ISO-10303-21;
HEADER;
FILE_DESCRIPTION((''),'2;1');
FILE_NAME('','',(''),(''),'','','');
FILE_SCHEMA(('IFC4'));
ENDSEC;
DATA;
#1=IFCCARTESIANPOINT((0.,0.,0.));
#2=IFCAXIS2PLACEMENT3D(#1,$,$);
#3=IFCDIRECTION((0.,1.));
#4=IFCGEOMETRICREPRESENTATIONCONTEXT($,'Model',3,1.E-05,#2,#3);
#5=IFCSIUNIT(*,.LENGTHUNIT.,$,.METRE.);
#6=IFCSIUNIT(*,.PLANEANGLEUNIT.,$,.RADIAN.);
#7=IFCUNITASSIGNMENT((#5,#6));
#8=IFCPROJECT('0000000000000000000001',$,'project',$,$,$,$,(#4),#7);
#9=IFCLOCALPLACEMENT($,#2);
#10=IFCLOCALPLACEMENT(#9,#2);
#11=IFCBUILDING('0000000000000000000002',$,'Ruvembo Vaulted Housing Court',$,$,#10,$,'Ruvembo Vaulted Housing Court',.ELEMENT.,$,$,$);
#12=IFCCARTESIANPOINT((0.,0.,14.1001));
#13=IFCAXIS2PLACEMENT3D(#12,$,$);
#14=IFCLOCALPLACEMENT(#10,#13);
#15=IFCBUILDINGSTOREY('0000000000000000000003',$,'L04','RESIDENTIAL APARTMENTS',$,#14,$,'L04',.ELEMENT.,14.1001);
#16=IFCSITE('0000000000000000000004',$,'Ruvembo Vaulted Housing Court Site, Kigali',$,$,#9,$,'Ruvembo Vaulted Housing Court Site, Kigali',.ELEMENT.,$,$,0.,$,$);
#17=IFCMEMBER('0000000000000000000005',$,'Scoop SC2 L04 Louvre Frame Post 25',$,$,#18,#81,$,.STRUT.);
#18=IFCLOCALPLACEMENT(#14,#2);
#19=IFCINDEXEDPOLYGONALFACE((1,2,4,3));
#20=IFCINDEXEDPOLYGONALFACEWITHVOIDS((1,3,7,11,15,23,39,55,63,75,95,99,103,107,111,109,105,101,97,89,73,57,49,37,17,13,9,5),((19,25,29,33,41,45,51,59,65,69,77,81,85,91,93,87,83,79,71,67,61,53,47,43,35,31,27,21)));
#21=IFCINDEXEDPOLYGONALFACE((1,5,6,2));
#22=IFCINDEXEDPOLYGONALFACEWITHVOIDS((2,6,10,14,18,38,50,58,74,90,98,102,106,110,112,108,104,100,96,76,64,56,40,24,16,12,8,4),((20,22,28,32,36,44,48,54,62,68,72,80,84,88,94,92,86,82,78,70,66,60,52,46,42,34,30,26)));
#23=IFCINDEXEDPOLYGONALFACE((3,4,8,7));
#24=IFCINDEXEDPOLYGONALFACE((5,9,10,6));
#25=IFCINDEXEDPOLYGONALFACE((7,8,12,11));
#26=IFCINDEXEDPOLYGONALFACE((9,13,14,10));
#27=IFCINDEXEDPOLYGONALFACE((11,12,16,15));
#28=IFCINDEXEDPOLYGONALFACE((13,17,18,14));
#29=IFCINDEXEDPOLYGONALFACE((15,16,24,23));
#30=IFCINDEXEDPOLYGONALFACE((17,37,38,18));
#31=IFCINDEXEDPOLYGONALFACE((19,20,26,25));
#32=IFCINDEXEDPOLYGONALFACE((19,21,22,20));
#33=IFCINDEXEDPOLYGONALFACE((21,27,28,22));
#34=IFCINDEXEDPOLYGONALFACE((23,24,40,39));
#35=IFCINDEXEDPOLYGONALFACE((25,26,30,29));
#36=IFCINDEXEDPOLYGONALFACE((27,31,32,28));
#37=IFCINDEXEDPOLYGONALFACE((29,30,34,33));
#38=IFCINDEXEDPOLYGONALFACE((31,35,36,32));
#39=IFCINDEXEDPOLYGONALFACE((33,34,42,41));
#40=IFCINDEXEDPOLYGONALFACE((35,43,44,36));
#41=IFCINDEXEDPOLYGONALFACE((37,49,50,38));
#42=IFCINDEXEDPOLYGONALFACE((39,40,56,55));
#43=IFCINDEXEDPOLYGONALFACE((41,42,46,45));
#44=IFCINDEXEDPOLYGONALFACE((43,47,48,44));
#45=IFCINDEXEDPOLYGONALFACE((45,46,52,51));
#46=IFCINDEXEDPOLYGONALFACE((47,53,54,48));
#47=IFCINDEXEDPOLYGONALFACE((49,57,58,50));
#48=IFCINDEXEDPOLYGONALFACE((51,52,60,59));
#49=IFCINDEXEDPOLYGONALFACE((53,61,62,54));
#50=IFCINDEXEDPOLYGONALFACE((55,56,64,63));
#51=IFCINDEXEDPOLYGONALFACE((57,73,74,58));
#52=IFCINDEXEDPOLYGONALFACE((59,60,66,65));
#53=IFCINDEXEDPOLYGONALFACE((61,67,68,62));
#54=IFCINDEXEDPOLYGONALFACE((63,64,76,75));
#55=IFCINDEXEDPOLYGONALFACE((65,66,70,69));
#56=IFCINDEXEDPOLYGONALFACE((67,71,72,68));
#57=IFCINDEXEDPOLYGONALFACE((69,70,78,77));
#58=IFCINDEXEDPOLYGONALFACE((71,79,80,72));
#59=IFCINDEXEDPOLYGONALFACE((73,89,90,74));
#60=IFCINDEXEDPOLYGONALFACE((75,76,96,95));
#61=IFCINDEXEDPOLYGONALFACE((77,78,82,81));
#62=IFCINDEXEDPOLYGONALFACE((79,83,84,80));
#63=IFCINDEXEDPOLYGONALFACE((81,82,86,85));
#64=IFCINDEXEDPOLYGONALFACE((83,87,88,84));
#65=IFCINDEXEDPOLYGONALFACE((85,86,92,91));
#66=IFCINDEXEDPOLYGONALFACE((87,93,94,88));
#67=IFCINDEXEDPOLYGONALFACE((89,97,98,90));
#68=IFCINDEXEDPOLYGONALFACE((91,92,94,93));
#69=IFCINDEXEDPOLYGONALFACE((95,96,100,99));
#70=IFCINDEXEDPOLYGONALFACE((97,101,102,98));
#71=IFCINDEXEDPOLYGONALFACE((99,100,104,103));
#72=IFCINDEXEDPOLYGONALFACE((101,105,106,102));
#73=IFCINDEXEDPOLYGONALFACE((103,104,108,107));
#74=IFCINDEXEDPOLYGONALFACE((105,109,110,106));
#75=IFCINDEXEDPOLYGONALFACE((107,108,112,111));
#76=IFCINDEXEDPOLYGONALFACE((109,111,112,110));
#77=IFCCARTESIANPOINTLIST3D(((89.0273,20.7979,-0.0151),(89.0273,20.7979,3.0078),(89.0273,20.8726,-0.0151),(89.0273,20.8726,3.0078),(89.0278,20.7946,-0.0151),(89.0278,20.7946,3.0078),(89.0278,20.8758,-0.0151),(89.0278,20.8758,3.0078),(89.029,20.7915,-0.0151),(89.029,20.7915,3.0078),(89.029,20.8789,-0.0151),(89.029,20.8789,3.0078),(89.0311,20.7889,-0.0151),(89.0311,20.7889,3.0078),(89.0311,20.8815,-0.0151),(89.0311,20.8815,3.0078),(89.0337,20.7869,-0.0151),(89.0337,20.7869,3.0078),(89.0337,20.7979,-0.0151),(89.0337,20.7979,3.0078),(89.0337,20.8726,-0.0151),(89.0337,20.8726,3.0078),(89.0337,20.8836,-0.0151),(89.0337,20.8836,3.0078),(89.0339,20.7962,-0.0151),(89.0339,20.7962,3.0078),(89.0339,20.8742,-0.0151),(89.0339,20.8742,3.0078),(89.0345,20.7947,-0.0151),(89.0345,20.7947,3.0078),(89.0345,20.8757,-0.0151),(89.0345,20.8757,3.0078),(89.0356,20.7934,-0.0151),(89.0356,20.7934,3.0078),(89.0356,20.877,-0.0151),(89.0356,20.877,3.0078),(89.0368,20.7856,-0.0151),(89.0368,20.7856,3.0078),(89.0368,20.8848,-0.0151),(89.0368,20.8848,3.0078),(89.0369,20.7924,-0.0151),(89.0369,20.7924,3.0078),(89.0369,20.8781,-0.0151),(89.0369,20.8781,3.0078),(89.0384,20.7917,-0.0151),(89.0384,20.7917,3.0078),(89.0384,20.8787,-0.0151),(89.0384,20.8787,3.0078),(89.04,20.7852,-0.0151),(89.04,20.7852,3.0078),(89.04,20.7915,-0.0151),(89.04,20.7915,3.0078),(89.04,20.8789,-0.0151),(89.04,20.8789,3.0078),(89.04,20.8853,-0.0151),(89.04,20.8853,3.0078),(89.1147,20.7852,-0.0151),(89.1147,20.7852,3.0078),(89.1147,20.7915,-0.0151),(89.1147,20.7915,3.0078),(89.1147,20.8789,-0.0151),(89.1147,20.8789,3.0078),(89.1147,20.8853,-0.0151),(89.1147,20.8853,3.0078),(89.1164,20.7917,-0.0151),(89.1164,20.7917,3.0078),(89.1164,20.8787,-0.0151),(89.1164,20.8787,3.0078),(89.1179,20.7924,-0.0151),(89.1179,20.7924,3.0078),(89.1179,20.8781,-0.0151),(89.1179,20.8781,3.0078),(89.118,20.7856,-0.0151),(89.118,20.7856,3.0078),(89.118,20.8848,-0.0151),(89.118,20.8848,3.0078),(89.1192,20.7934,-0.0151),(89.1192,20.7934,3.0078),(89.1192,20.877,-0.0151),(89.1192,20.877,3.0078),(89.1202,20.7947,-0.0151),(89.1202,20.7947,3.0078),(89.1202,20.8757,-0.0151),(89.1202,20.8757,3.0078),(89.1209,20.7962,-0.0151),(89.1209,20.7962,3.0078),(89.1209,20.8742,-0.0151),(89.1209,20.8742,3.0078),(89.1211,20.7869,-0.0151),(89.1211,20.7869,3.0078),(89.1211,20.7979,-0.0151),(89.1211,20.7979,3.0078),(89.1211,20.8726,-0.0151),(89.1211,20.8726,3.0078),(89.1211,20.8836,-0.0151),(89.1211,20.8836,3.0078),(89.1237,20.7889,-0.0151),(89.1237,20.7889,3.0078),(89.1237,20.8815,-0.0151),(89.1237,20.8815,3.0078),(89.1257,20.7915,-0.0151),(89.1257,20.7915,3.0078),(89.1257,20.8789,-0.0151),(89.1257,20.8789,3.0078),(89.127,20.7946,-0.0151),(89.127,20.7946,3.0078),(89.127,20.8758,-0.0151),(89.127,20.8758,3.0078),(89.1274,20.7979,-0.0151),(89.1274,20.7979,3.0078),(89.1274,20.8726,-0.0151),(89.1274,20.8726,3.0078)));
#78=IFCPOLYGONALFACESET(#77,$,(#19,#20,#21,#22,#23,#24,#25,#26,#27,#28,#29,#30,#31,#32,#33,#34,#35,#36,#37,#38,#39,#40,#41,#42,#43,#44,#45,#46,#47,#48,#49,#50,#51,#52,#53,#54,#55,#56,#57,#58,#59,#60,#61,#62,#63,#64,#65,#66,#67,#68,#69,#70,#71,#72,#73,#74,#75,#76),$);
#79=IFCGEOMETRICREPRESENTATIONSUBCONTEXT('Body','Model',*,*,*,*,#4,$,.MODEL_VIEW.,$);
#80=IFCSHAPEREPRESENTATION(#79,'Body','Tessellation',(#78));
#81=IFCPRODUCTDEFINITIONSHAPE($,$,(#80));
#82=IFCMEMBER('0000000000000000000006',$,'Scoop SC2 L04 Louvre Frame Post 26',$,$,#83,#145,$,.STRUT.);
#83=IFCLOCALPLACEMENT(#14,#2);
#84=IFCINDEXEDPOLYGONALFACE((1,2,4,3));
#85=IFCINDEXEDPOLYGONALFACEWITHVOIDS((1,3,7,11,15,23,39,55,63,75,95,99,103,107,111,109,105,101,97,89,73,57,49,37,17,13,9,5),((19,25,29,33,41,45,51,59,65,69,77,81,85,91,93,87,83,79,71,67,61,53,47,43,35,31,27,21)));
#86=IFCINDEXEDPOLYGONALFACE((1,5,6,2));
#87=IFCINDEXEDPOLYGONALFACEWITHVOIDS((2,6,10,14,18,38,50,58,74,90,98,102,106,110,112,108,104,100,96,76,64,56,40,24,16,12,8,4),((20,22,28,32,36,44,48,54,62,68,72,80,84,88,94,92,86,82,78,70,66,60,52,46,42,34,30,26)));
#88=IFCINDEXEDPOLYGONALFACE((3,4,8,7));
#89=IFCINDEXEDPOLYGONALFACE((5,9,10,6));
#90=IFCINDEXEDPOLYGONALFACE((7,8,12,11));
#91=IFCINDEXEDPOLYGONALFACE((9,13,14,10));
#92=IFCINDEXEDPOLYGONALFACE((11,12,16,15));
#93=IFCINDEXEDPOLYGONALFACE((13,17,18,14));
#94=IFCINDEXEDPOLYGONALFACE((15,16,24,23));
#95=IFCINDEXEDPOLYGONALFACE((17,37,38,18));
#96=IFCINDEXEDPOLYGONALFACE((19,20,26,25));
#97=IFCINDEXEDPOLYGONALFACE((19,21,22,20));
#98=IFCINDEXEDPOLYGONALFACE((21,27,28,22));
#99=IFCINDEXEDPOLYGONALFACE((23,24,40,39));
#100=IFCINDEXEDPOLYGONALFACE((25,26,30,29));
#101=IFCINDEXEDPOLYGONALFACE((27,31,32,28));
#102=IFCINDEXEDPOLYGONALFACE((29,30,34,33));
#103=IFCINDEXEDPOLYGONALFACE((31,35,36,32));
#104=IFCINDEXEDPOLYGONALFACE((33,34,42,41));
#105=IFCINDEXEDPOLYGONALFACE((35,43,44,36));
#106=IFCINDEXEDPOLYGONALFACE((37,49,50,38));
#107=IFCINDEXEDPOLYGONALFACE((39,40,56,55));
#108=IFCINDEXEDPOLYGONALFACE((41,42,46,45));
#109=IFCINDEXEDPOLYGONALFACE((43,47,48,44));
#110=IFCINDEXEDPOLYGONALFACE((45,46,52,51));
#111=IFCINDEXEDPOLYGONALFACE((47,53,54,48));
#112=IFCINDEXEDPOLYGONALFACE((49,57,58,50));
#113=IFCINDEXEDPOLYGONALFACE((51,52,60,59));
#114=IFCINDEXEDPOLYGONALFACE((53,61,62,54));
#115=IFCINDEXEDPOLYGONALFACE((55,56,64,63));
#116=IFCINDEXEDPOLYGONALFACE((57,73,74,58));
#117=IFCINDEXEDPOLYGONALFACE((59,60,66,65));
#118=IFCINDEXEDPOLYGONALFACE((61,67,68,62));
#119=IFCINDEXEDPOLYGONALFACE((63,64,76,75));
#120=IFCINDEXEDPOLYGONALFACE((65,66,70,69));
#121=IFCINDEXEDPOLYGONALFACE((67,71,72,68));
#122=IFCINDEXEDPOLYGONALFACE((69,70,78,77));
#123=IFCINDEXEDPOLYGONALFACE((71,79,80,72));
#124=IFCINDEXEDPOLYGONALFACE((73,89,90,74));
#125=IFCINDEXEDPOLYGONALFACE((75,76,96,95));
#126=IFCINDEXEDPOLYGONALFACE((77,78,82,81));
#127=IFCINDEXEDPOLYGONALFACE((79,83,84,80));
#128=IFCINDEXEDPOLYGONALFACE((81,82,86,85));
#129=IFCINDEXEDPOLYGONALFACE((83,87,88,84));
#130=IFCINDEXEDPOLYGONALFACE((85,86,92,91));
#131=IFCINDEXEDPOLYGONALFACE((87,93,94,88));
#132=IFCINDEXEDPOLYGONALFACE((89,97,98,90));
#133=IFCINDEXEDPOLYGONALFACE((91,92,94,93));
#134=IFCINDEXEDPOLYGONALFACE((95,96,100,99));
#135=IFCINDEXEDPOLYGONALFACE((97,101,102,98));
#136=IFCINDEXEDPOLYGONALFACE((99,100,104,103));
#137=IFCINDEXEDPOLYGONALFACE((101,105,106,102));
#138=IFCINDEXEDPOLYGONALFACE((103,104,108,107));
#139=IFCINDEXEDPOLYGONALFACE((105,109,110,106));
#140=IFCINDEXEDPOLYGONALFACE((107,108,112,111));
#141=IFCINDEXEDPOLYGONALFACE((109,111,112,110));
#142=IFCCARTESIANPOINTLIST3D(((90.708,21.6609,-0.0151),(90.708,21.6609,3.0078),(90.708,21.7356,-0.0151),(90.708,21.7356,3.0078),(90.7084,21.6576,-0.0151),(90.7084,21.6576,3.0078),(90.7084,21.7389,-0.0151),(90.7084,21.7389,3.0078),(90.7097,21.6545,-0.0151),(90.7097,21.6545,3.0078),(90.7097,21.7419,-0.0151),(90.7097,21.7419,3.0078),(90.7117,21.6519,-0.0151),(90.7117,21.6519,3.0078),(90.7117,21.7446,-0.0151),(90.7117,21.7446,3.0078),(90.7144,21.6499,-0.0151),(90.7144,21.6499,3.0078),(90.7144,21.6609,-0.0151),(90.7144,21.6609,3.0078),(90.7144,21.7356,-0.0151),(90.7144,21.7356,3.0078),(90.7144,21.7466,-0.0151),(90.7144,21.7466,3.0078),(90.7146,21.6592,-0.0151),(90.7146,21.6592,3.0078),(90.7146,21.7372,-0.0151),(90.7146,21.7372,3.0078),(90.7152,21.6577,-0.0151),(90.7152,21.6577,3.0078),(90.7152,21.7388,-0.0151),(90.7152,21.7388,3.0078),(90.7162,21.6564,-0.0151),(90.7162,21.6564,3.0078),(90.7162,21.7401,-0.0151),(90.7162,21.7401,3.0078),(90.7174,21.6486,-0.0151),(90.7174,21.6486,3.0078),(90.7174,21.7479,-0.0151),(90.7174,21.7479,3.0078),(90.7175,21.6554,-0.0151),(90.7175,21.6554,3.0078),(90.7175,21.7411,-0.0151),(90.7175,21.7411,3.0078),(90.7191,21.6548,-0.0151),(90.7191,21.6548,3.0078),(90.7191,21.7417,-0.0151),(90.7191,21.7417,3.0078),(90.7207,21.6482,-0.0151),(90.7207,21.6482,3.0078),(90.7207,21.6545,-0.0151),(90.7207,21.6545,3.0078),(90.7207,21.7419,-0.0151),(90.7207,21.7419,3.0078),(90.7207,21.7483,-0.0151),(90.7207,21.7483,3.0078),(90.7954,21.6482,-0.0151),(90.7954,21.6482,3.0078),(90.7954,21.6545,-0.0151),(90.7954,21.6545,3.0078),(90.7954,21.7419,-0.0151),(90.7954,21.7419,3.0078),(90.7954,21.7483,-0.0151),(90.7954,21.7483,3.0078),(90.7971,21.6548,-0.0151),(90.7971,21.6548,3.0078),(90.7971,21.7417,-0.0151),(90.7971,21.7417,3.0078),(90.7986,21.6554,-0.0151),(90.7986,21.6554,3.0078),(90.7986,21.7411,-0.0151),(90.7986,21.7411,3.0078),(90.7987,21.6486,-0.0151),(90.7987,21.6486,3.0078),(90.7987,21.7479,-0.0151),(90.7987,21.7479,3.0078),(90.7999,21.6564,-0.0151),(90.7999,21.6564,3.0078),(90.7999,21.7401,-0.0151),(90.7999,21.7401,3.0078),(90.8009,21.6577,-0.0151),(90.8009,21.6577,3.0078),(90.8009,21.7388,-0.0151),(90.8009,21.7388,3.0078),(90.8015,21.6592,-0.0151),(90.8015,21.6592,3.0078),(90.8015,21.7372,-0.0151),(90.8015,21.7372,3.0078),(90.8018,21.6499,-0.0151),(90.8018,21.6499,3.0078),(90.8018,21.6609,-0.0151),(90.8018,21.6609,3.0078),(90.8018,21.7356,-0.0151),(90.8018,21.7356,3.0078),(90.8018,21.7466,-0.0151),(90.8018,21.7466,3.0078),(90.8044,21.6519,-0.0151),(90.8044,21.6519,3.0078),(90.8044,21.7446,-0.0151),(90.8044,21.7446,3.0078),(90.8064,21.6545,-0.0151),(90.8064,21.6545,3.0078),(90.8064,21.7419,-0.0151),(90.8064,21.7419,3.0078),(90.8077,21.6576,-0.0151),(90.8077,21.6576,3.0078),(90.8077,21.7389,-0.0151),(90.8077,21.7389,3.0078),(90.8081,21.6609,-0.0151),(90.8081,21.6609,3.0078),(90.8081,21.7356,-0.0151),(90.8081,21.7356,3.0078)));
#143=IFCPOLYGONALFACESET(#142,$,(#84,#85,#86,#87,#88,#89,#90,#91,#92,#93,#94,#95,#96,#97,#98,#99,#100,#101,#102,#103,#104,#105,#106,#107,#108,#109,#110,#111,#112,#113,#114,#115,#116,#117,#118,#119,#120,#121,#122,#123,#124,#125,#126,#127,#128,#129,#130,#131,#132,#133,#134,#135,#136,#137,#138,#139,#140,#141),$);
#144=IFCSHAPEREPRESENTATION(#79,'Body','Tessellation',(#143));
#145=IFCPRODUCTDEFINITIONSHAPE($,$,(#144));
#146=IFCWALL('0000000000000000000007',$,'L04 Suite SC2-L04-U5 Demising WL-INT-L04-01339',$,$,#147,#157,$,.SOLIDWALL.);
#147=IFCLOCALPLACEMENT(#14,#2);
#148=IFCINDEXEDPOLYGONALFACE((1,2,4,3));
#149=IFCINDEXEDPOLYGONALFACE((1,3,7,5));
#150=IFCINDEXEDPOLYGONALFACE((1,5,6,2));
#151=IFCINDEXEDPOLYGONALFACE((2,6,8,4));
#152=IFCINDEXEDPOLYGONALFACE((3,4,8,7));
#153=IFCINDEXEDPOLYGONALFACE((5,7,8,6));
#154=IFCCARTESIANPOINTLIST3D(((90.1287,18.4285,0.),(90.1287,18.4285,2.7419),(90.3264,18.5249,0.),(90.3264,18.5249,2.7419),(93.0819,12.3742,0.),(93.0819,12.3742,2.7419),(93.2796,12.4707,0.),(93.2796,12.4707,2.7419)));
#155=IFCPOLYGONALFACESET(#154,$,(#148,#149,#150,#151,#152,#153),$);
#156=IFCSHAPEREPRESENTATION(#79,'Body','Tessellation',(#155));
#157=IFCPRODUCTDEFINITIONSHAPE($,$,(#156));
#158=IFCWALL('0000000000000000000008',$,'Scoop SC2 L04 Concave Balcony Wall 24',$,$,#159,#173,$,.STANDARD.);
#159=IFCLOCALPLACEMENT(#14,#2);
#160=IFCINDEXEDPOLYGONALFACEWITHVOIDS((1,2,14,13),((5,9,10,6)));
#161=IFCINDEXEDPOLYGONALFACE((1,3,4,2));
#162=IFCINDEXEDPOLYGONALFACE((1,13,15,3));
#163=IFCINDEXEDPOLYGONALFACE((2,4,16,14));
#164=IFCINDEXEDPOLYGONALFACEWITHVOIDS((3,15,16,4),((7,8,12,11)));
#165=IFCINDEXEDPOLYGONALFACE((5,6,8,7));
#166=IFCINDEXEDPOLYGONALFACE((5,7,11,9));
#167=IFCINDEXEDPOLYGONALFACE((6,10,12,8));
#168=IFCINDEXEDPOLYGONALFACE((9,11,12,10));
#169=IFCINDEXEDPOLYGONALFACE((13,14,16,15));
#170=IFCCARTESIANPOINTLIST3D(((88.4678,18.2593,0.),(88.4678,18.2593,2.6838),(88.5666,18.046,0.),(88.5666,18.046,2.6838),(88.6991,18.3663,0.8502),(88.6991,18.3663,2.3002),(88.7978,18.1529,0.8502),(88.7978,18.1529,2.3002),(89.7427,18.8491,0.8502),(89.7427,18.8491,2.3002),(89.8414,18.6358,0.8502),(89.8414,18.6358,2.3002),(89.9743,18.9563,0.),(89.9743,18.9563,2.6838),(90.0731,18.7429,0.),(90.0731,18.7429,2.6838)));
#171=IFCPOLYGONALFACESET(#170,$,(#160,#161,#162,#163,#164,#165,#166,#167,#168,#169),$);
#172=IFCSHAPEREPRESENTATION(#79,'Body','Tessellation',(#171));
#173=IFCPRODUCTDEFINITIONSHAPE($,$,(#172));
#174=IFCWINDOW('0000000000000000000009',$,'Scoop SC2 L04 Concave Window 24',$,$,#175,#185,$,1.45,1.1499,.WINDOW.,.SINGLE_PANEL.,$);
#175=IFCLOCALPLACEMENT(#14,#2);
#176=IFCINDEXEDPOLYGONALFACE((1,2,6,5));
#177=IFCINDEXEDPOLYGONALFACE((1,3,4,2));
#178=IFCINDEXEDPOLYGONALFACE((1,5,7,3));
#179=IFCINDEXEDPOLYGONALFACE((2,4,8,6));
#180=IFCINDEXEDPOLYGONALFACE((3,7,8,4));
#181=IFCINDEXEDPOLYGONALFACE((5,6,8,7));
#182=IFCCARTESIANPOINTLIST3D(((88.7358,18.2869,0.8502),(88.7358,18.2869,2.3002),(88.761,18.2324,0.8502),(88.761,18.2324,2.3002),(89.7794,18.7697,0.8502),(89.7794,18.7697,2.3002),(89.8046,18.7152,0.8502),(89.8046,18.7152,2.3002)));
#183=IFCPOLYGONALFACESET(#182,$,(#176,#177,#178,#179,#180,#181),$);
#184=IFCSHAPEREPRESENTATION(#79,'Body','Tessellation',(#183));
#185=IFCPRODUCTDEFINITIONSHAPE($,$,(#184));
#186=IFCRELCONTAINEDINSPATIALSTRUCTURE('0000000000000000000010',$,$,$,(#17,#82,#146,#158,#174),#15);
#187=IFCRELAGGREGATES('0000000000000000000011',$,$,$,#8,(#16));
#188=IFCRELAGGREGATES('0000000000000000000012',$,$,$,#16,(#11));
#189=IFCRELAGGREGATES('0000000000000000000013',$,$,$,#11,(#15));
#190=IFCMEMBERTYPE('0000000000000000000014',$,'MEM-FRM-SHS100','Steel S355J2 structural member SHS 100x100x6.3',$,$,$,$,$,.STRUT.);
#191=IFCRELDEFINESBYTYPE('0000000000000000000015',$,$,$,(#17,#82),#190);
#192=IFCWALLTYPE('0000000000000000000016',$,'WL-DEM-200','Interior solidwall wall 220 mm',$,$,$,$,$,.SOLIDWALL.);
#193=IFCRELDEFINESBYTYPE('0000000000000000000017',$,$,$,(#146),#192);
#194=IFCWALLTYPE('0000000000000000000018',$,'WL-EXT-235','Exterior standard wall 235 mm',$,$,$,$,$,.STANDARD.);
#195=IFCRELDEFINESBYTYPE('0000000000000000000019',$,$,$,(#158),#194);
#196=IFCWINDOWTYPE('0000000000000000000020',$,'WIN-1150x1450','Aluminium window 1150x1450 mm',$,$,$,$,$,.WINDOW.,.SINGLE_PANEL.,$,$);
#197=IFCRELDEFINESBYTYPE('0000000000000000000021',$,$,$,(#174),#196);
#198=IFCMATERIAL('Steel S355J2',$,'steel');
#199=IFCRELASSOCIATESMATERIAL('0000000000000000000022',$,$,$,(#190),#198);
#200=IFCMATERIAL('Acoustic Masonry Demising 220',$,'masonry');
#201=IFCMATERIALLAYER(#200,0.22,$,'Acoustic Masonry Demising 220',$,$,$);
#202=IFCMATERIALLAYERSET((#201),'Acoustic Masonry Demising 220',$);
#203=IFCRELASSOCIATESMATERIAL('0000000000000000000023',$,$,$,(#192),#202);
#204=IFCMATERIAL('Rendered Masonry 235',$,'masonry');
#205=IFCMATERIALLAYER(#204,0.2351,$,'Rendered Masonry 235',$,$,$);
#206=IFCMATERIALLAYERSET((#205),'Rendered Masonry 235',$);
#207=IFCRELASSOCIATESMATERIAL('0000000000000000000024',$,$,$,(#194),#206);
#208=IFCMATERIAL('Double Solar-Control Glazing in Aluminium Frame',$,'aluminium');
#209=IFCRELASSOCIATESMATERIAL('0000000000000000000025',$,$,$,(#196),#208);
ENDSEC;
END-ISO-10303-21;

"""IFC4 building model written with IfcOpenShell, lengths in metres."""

from ifc_helpers import new_model, si_unit, direction, frame, frame_2d, origin, origin_2d, place, context, subcontext, project, spatial, rectangle, hollow_rectangle, extrude, material, layer, layer_set, material_profile, profile_set, type_object, element, fill, save


model = new_model("IFC4")

# Units and contexts
model_context = context("Model", 3, precision=1e-05, world=origin(), true_north=direction((0.0, 1.0)))
body_context = subcontext(model_context, "Body", "Model", "MODEL_VIEW")
ifc_project = project(units=[si_unit("LENGTHUNIT", "METRE"), si_unit("PLANEANGLEUNIT", "RADIAN")], contexts=[model_context])

# Site, building, storey
site_placement = place(None, origin())
site = spatial("IfcSite", under=ifc_project, at=site_placement, Name="Ruvembo Vaulted Housing Court Site, Kigali", LongName="Ruvembo Vaulted Housing Court Site, Kigali", CompositionType="ELEMENT", RefElevation=0.0)
building_placement = place(site_placement, origin())
building = spatial("IfcBuilding", under=site, at=building_placement, Name="Ruvembo Vaulted Housing Court", LongName="Ruvembo Vaulted Housing Court", CompositionType="ELEMENT")
storey_placement = place(building_placement, frame((0.0, 0.0, 14.1001)))
storey = spatial("IfcBuildingStorey", under=building, at=storey_placement, Name="L04", Description="RESIDENTIAL APARTMENTS", LongName="L04", CompositionType="ELEMENT", Elevation=14.1001)

# Shared definitions
ifc_material_1 = material(Name="Steel S355J2", Category="steel")

# Members
ifc_material_profile_1 = material_profile(ifc_material_1, hollow_rectangle(XDim=0.1001, YDim=0.1001, WallThickness=0.0063, InnerFilletRadius=0.0063, OuterFilletRadius=0.0127, at=origin_2d()), Name="SHS 100x100x6.3")
ifc_profile_set_1 = profile_set([ifc_material_profile_1], Name="Steel S355J2")
member_type_1 = type_object("IfcMemberType", Name="MEM-FRM-SHS100", Description="Steel S355J2 structural member SHS 100x100x6.3", PredefinedType="STRUT", material=ifc_profile_set_1)
for number, where, z_axis, x_axis, name in (
    (1, (89.0774, 20.8352, -0.0151), (0.0, 0.0, 1.0), (1.0, 0.0, 0.0), "Scoop SC2 L04 Louvre Frame Post 25"),
    (2, (90.7581, 21.6982, -0.0151), (0.0, 0.0, 1.0), (1.0, 0.0, 0.0), "Scoop SC2 L04 Louvre Frame Post 26"),
):
    element("IfcMember", number, at=place(storey_placement, frame(where, z_axis=z_axis, x_axis=x_axis)), inside=storey, type_object=member_type_1, Name=name, PredefinedType="STRUT", context=body_context, shape_type="SweptSolid", body=[
        extrude(hollow_rectangle(XDim=0.1001, YDim=0.1001, WallThickness=0.0063, InnerFilletRadius=0.0063, OuterFilletRadius=0.0127, at=origin_2d()), origin(), (0.0, 0.0, 1.0), 3.0229),
    ])

# Wall
ifc_material_2 = material(Name="Acoustic Masonry Demising 220", Category="masonry")
ifc_layer_1 = layer(ifc_material_2, 0.22, Name="Acoustic Masonry Demising 220")
ifc_layer_set_1 = layer_set([ifc_layer_1], Name="Acoustic Masonry Demising 220")
wall_type_1 = type_object("IfcWallType", Name="WL-DEM-200", Description="Interior solidwall wall 220 mm", PredefinedType="SOLIDWALL", material=ifc_layer_set_1)
wall_1_placement = place(storey_placement, frame((90.2275, 18.4768, 0.0), z_axis=(0.0, 0.0, 1.0), x_axis=(0.438406, -0.898777, 0.0)))
element("IfcWall", 3, at=wall_1_placement, inside=storey, type_object=wall_type_1, Name="L04 Suite SC2-L04-U5 Demising WL-INT-L04-01339", PredefinedType="SOLIDWALL", context=body_context, shape_type="SweptSolid", body=[
    extrude(rectangle(XDim=6.7361, YDim=0.22, at=frame_2d((3.3682, 0.0))), origin(), (0.0, 0.0, 1.0), 2.7419),
])

# Wall, opening, window
ifc_material_3 = material(Name="Rendered Masonry 235", Category="masonry")
ifc_layer_2 = layer(ifc_material_3, 0.2351, Name="Rendered Masonry 235")
ifc_layer_set_2 = layer_set([ifc_layer_2], Name="Rendered Masonry 235")
wall_type_2 = type_object("IfcWallType", Name="WL-EXT-235", Description="Exterior standard wall 235 mm", PredefinedType="STANDARD", material=ifc_layer_set_2)
wall_2_placement = place(storey_placement, frame((88.5171, 18.1526, 0.0), z_axis=(0.0, 0.0, 1.0), x_axis=(0.907576, 0.419888, 0.0)))
wall_2 = element("IfcWall", 4, at=wall_2_placement, inside=storey, type_object=wall_type_2, Name="Scoop SC2 L04 Concave Balcony Wall 24", PredefinedType="STANDARD", context=body_context, shape_type="SweptSolid", body=[
    extrude(rectangle(XDim=1.6599, YDim=0.2351, at=frame_2d((0.8301, 0.0))), origin(), (0.0, 0.0, 1.0), 2.6838),
])
opening_1_placement = place(wall_2_placement, frame((0.2549, 0.0, 0.8501)))
opening_1 = element("IfcOpeningElement", 5, at=opening_1_placement, cuts=wall_2, PredefinedType="OPENING", context=body_context, shape_type="SweptSolid", body=[
    extrude(rectangle(XDim=1.1499, YDim=1.45, at=frame_2d((0.575, 0.7251))), frame((0.0, 0.1274, 0.0), z_axis=(0.0, -1.0, 0.0), x_axis=(1.0, 0.0, 0.0)), (0.0, 0.0, 1.0), 0.2551),
])
ifc_material_4 = material(Name="Double Solar-Control Glazing in Aluminium Frame", Category="aluminium")
window_type_1 = type_object("IfcWindowType", Name="WIN-1150x1450", Description="Aluminium window 1150x1450 mm", PartitioningType="SINGLE_PANEL", PredefinedType="WINDOW", material=ifc_material_4)
window_1_placement = place(opening_1_placement, origin())
window_1 = element("IfcWindow", 6, at=window_1_placement, inside=storey, type_object=window_type_1, Name="Scoop SC2 L04 Concave Window 24", OverallHeight=1.45, OverallWidth=1.1499, PartitioningType="SINGLE_PANEL", PredefinedType="WINDOW", context=body_context, shape_type="SweptSolid", body=[
    extrude(rectangle(XDim=1.1499, YDim=1.45, at=frame_2d((0.575, 0.7251))), frame((0.0, 0.03, 0.0), z_axis=(0.0, -1.0, 0.0), x_axis=(1.0, 0.0, 0.0)), (0.0, 0.0, 1.0), 0.0601),
])
fill(opening_1, window_1)

save(model, "model.ifc")
